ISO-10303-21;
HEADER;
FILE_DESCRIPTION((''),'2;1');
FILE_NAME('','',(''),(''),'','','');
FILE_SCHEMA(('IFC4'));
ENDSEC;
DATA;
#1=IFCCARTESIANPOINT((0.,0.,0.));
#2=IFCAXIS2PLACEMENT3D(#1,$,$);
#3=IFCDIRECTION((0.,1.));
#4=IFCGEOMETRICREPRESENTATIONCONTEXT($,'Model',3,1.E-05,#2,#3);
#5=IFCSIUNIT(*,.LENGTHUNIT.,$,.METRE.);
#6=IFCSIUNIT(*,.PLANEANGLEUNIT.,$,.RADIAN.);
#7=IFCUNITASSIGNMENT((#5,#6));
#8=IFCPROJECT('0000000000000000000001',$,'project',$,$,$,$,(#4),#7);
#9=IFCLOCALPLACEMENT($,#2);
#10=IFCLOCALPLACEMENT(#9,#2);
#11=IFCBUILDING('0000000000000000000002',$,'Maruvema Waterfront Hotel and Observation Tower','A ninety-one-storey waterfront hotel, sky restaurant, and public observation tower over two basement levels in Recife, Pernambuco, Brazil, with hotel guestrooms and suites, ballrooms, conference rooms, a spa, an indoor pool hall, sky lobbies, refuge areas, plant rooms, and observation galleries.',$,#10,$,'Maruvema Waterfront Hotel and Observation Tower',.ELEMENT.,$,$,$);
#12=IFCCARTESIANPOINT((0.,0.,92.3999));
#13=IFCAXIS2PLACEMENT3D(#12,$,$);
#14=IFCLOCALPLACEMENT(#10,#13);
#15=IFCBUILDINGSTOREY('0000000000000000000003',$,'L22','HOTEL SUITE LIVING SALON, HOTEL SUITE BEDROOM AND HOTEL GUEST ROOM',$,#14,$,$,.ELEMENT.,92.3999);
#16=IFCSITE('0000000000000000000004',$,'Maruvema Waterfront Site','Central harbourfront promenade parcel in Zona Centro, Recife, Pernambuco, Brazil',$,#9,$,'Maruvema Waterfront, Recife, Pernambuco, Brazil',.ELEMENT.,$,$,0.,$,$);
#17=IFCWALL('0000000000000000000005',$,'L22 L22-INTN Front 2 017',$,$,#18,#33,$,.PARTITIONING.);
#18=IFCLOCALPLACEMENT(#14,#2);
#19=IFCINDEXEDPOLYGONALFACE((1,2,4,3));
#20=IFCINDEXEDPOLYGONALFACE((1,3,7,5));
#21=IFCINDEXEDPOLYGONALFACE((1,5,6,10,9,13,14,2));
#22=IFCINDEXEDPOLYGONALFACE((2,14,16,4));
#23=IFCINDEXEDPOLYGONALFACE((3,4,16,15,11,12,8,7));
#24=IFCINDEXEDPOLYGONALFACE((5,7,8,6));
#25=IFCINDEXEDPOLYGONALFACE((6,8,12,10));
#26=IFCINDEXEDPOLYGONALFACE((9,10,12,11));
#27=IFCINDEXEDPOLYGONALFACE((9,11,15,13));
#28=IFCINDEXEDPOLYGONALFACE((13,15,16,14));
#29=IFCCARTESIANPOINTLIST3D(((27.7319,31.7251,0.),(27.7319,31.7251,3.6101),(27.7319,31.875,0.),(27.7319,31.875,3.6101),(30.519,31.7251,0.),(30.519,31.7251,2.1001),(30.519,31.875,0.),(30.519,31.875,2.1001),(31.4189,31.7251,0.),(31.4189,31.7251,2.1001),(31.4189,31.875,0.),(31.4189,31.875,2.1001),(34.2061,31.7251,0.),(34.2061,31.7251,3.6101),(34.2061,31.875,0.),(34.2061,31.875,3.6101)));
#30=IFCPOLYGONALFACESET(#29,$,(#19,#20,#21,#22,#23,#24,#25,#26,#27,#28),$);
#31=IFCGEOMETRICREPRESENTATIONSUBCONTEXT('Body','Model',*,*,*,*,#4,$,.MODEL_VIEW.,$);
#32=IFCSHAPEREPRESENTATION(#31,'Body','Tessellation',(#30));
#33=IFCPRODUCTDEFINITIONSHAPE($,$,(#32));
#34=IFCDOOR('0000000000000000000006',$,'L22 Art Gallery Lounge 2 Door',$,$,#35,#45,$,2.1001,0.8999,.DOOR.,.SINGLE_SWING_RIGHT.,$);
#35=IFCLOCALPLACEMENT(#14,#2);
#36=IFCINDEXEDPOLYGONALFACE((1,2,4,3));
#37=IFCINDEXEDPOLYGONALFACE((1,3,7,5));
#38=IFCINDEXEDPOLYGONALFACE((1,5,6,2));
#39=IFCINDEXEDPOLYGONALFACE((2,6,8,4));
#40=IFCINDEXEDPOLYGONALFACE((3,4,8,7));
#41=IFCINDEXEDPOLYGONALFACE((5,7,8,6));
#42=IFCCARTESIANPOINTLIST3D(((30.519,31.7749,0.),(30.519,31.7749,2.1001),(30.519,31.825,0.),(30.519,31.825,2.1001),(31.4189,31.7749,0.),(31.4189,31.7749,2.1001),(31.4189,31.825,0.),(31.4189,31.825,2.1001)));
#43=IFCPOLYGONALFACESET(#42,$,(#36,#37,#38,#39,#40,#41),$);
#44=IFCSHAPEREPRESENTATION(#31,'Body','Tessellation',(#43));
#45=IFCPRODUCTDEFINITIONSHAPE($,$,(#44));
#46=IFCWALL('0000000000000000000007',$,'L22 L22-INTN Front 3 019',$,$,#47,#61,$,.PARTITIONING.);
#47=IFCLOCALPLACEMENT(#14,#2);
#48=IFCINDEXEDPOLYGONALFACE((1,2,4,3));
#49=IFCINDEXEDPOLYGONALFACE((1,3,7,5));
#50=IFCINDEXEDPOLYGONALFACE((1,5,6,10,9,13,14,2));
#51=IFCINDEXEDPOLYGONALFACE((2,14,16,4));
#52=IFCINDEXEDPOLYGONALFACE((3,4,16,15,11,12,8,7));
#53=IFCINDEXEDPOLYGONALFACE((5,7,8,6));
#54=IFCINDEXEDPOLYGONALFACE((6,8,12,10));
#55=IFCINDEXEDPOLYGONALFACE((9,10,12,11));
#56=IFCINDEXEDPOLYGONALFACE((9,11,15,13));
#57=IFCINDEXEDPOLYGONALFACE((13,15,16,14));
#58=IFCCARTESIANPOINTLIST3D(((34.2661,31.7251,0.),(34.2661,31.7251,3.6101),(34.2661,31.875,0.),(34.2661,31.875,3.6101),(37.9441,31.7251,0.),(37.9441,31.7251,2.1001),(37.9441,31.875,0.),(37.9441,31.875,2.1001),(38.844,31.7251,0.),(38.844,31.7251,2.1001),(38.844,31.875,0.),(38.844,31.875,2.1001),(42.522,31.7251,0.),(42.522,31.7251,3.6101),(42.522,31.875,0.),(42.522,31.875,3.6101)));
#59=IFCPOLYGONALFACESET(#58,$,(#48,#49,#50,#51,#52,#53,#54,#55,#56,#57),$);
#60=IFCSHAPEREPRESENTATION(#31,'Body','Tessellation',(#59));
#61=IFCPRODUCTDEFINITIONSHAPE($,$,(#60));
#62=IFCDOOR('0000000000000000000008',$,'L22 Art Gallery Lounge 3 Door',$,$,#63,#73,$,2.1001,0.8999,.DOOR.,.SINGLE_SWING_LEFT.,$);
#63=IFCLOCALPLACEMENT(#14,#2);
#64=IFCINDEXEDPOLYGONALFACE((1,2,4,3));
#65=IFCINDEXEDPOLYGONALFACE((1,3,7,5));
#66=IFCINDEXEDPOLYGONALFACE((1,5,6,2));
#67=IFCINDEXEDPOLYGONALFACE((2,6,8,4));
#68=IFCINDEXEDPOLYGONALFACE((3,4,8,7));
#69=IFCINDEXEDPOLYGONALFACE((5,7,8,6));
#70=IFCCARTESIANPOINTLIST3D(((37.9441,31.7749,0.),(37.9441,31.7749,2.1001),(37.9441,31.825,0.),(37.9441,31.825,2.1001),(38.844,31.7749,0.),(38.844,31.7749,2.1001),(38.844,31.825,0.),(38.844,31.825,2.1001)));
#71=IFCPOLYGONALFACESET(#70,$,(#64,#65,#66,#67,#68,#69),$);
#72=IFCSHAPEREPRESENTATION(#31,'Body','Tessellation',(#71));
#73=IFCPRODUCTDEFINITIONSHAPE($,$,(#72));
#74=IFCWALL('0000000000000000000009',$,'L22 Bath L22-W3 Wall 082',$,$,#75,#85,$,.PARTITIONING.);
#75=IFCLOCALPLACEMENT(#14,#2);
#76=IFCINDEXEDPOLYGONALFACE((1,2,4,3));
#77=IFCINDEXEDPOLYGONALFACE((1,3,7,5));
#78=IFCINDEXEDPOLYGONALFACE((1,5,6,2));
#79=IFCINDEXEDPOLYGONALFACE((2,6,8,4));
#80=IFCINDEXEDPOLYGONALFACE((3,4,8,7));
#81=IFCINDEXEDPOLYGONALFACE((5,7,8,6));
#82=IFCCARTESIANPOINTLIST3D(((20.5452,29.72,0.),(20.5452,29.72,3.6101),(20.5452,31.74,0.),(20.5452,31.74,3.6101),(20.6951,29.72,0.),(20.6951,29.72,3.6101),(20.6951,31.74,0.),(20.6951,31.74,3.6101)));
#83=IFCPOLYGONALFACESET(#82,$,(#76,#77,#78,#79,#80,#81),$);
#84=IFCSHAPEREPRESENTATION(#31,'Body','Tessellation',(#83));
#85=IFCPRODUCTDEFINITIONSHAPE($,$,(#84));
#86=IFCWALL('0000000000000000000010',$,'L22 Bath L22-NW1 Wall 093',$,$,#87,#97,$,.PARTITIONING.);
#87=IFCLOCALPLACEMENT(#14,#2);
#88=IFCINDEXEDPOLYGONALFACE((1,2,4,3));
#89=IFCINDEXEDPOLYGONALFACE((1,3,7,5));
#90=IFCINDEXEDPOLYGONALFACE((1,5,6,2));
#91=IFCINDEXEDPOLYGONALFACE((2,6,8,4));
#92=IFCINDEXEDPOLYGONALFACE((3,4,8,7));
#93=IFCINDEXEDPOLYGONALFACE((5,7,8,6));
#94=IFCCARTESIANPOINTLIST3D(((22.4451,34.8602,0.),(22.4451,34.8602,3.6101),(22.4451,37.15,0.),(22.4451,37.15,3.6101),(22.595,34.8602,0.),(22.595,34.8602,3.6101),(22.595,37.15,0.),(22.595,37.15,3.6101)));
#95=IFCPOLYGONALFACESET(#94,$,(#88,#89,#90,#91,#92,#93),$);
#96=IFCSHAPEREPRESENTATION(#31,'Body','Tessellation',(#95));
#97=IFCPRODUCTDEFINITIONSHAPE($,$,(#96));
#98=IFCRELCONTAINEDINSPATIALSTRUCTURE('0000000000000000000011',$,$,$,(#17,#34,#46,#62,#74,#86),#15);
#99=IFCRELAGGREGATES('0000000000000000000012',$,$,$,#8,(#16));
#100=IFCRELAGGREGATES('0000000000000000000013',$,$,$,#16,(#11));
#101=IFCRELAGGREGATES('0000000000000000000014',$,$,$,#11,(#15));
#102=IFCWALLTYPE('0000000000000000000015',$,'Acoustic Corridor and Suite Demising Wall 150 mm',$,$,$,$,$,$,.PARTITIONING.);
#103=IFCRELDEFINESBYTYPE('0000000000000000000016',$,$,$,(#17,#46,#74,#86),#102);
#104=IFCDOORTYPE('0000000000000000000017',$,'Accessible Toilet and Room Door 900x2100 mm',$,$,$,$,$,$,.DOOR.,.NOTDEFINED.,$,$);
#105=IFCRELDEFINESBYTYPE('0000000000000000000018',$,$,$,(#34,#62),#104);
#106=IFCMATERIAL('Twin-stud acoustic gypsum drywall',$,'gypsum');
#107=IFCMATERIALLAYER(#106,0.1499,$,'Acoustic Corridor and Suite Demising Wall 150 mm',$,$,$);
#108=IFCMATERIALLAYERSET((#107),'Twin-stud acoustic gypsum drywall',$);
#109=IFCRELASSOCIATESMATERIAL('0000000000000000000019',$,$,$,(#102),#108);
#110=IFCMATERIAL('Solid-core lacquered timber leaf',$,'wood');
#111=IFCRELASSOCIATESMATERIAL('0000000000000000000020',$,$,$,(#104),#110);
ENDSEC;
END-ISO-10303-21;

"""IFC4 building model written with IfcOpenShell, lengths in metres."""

from ifc_helpers import new_model, si_unit, direction, frame, frame_2d, origin, place, context, subcontext, project, spatial, rectangle, extrude, material, layer, layer_set, type_object, element, fill, save


model = new_model("IFC4")

# Units and contexts
model_context = context("Model", 3, precision=1e-05, world=origin(), true_north=direction((0.0, 1.0)))
body_context = subcontext(model_context, "Body", "Model", "MODEL_VIEW")
ifc_project = project(units=[si_unit("LENGTHUNIT", "METRE"), si_unit("PLANEANGLEUNIT", "RADIAN")], contexts=[model_context])

# Site, building, storey
site_placement = place(None, origin())
site = spatial("IfcSite", under=ifc_project, at=site_placement, Name="Maruvema Waterfront Site", Description="Central harbourfront promenade parcel in Zona Centro, Recife, Pernambuco, Brazil", LongName="Maruvema Waterfront, Recife, Pernambuco, Brazil", CompositionType="ELEMENT", RefElevation=0.0)
building_placement = place(site_placement, origin())
building = spatial("IfcBuilding", under=site, at=building_placement, Name="Maruvema Waterfront Hotel and Observation Tower", Description="A ninety-one-storey waterfront hotel, sky restaurant, and public observation tower over two basement levels in Recife, Pernambuco, Brazil, with hotel guestrooms and suites, ballrooms, conference rooms, a spa, an indoor pool hall, sky lobbies, refuge areas, plant rooms, and observation galleries.", LongName="Maruvema Waterfront Hotel and Observation Tower", CompositionType="ELEMENT")
storey_placement = place(building_placement, frame((0.0, 0.0, 92.3999)))
storey = spatial("IfcBuildingStorey", under=building, at=storey_placement, Name="L22", Description="HOTEL SUITE LIVING SALON, HOTEL SUITE BEDROOM AND HOTEL GUEST ROOM", CompositionType="ELEMENT", Elevation=92.3999)

# Walls, openings, doors
ifc_material_1 = material(Name="Twin-stud acoustic gypsum drywall", Category="gypsum")
ifc_layer = layer(ifc_material_1, 0.1499, Name="Acoustic Corridor and Suite Demising Wall 150 mm")
ifc_layer_set = layer_set([ifc_layer], Name="Twin-stud acoustic gypsum drywall")
wall_type = type_object("IfcWallType", Name="Acoustic Corridor and Suite Demising Wall 150 mm", PredefinedType="PARTITIONING", material=ifc_layer_set)
ifc_material_2 = material(Name="Solid-core lacquered timber leaf", Category="wood")
door_type = type_object("IfcDoorType", Name="Accessible Toilet and Room Door 900x2100 mm", OperationType="NOTDEFINED", PredefinedType="DOOR", material=ifc_material_2)
wall_1_placement = place(storey_placement, frame((27.7319, 31.8, 0.0), z_axis=(0.0, 0.0, 1.0), x_axis=(1.0, 0.0, 0.0)))
wall_1 = element("IfcWall", 1, at=wall_1_placement, inside=storey, type_object=wall_type, Name="L22 L22-INTN Front 2 017", PredefinedType="PARTITIONING", context=body_context, shape_type="SweptSolid", body=[
    extrude(rectangle(XDim=6.4741, YDim=0.1499, at=frame_2d((3.2371, 0.0))), origin(), (0.0, 0.0, 1.0), 3.6101),
])
opening_1_placement = place(wall_1_placement, frame((2.7871, 0.0, 0.0)))
opening_1 = element("IfcOpeningElement", 2, at=opening_1_placement, cuts=wall_1, PredefinedType="OPENING", context=body_context, shape_type="SweptSolid", body=[
    extrude(rectangle(XDim=0.8999, YDim=2.1001, at=frame_2d((0.45, 1.05))), frame((0.0, 0.085, 0.0), z_axis=(0.0, -1.0, 0.0), x_axis=(1.0, 0.0, 0.0)), (0.0, 0.0, 1.0), 0.1699),
])
door_1_placement = place(opening_1_placement, origin())
door_1 = element("IfcDoor", 3, at=door_1_placement, inside=storey, type_object=door_type, Name="L22 Art Gallery Lounge 2 Door", OperationType="SINGLE_SWING_RIGHT", OverallHeight=2.1001, OverallWidth=0.8999, PredefinedType="DOOR", context=body_context, shape_type="SweptSolid", body=[
    extrude(rectangle(XDim=0.8999, YDim=2.1001, at=frame_2d((0.45, 1.05))), frame((0.0, 0.0249, 0.0), z_axis=(0.0, -1.0, 0.0), x_axis=(1.0, 0.0, 0.0)), (0.0, 0.0, 1.0), 0.05),
])
fill(opening_1, door_1)
wall_2_placement = place(storey_placement, frame((34.2661, 31.8, 0.0), z_axis=(0.0, 0.0, 1.0), x_axis=(1.0, 0.0, 0.0)))
wall_2 = element("IfcWall", 4, at=wall_2_placement, inside=storey, type_object=wall_type, Name="L22 L22-INTN Front 3 019", PredefinedType="PARTITIONING", context=body_context, shape_type="SweptSolid", body=[
    extrude(rectangle(XDim=8.2559, YDim=0.1499, at=frame_2d((4.1279, 0.0))), origin(), (0.0, 0.0, 1.0), 3.6101),
])
opening_2_placement = place(wall_2_placement, frame((3.678, 0.0, 0.0)))
opening_2 = element("IfcOpeningElement", 5, at=opening_2_placement, cuts=wall_2, PredefinedType="OPENING", context=body_context, shape_type="SweptSolid", body=[
    extrude(rectangle(XDim=0.8999, YDim=2.1001, at=frame_2d((0.45, 1.05))), frame((0.0, 0.085, 0.0), z_axis=(0.0, -1.0, 0.0), x_axis=(1.0, 0.0, 0.0)), (0.0, 0.0, 1.0), 0.1699),
])
door_2_placement = place(opening_2_placement, origin())
door_2 = element("IfcDoor", 6, at=door_2_placement, inside=storey, type_object=door_type, Name="L22 Art Gallery Lounge 3 Door", OperationType="SINGLE_SWING_LEFT", OverallHeight=2.1001, OverallWidth=0.8999, PredefinedType="DOOR", context=body_context, shape_type="SweptSolid", body=[
    extrude(rectangle(XDim=0.8999, YDim=2.1001, at=frame_2d((0.45, 1.05))), frame((0.0, 0.0249, 0.0), z_axis=(0.0, -1.0, 0.0), x_axis=(1.0, 0.0, 0.0)), (0.0, 0.0, 1.0), 0.05),
])
fill(opening_2, door_2)

# Walls
wall_3_placement = place(storey_placement, frame((20.6201, 29.72, 0.0), z_axis=(0.0, 0.0, 1.0), x_axis=(0.0, 1.0, 0.0)))
element("IfcWall", 7, at=wall_3_placement, inside=storey, type_object=wall_type, Name="L22 Bath L22-W3 Wall 082", PredefinedType="PARTITIONING", context=body_context, shape_type="SweptSolid", body=[
    extrude(rectangle(XDim=2.02, YDim=0.1499, at=frame_2d((1.01, 0.0))), origin(), (0.0, 0.0, 1.0), 3.6101),
])
wall_4_placement = place(storey_placement, frame((22.52, 34.8601, 0.0), z_axis=(0.0, 0.0, 1.0), x_axis=(0.0, 1.0, 0.0)))
element("IfcWall", 8, at=wall_4_placement, inside=storey, type_object=wall_type, Name="L22 Bath L22-NW1 Wall 093", PredefinedType="PARTITIONING", context=body_context, shape_type="SweptSolid", body=[
    extrude(rectangle(XDim=2.2898, YDim=0.1499, at=frame_2d((1.145, 0.0))), origin(), (0.0, 0.0, 1.0), 3.6101),
])

save(model, "model.ifc")
